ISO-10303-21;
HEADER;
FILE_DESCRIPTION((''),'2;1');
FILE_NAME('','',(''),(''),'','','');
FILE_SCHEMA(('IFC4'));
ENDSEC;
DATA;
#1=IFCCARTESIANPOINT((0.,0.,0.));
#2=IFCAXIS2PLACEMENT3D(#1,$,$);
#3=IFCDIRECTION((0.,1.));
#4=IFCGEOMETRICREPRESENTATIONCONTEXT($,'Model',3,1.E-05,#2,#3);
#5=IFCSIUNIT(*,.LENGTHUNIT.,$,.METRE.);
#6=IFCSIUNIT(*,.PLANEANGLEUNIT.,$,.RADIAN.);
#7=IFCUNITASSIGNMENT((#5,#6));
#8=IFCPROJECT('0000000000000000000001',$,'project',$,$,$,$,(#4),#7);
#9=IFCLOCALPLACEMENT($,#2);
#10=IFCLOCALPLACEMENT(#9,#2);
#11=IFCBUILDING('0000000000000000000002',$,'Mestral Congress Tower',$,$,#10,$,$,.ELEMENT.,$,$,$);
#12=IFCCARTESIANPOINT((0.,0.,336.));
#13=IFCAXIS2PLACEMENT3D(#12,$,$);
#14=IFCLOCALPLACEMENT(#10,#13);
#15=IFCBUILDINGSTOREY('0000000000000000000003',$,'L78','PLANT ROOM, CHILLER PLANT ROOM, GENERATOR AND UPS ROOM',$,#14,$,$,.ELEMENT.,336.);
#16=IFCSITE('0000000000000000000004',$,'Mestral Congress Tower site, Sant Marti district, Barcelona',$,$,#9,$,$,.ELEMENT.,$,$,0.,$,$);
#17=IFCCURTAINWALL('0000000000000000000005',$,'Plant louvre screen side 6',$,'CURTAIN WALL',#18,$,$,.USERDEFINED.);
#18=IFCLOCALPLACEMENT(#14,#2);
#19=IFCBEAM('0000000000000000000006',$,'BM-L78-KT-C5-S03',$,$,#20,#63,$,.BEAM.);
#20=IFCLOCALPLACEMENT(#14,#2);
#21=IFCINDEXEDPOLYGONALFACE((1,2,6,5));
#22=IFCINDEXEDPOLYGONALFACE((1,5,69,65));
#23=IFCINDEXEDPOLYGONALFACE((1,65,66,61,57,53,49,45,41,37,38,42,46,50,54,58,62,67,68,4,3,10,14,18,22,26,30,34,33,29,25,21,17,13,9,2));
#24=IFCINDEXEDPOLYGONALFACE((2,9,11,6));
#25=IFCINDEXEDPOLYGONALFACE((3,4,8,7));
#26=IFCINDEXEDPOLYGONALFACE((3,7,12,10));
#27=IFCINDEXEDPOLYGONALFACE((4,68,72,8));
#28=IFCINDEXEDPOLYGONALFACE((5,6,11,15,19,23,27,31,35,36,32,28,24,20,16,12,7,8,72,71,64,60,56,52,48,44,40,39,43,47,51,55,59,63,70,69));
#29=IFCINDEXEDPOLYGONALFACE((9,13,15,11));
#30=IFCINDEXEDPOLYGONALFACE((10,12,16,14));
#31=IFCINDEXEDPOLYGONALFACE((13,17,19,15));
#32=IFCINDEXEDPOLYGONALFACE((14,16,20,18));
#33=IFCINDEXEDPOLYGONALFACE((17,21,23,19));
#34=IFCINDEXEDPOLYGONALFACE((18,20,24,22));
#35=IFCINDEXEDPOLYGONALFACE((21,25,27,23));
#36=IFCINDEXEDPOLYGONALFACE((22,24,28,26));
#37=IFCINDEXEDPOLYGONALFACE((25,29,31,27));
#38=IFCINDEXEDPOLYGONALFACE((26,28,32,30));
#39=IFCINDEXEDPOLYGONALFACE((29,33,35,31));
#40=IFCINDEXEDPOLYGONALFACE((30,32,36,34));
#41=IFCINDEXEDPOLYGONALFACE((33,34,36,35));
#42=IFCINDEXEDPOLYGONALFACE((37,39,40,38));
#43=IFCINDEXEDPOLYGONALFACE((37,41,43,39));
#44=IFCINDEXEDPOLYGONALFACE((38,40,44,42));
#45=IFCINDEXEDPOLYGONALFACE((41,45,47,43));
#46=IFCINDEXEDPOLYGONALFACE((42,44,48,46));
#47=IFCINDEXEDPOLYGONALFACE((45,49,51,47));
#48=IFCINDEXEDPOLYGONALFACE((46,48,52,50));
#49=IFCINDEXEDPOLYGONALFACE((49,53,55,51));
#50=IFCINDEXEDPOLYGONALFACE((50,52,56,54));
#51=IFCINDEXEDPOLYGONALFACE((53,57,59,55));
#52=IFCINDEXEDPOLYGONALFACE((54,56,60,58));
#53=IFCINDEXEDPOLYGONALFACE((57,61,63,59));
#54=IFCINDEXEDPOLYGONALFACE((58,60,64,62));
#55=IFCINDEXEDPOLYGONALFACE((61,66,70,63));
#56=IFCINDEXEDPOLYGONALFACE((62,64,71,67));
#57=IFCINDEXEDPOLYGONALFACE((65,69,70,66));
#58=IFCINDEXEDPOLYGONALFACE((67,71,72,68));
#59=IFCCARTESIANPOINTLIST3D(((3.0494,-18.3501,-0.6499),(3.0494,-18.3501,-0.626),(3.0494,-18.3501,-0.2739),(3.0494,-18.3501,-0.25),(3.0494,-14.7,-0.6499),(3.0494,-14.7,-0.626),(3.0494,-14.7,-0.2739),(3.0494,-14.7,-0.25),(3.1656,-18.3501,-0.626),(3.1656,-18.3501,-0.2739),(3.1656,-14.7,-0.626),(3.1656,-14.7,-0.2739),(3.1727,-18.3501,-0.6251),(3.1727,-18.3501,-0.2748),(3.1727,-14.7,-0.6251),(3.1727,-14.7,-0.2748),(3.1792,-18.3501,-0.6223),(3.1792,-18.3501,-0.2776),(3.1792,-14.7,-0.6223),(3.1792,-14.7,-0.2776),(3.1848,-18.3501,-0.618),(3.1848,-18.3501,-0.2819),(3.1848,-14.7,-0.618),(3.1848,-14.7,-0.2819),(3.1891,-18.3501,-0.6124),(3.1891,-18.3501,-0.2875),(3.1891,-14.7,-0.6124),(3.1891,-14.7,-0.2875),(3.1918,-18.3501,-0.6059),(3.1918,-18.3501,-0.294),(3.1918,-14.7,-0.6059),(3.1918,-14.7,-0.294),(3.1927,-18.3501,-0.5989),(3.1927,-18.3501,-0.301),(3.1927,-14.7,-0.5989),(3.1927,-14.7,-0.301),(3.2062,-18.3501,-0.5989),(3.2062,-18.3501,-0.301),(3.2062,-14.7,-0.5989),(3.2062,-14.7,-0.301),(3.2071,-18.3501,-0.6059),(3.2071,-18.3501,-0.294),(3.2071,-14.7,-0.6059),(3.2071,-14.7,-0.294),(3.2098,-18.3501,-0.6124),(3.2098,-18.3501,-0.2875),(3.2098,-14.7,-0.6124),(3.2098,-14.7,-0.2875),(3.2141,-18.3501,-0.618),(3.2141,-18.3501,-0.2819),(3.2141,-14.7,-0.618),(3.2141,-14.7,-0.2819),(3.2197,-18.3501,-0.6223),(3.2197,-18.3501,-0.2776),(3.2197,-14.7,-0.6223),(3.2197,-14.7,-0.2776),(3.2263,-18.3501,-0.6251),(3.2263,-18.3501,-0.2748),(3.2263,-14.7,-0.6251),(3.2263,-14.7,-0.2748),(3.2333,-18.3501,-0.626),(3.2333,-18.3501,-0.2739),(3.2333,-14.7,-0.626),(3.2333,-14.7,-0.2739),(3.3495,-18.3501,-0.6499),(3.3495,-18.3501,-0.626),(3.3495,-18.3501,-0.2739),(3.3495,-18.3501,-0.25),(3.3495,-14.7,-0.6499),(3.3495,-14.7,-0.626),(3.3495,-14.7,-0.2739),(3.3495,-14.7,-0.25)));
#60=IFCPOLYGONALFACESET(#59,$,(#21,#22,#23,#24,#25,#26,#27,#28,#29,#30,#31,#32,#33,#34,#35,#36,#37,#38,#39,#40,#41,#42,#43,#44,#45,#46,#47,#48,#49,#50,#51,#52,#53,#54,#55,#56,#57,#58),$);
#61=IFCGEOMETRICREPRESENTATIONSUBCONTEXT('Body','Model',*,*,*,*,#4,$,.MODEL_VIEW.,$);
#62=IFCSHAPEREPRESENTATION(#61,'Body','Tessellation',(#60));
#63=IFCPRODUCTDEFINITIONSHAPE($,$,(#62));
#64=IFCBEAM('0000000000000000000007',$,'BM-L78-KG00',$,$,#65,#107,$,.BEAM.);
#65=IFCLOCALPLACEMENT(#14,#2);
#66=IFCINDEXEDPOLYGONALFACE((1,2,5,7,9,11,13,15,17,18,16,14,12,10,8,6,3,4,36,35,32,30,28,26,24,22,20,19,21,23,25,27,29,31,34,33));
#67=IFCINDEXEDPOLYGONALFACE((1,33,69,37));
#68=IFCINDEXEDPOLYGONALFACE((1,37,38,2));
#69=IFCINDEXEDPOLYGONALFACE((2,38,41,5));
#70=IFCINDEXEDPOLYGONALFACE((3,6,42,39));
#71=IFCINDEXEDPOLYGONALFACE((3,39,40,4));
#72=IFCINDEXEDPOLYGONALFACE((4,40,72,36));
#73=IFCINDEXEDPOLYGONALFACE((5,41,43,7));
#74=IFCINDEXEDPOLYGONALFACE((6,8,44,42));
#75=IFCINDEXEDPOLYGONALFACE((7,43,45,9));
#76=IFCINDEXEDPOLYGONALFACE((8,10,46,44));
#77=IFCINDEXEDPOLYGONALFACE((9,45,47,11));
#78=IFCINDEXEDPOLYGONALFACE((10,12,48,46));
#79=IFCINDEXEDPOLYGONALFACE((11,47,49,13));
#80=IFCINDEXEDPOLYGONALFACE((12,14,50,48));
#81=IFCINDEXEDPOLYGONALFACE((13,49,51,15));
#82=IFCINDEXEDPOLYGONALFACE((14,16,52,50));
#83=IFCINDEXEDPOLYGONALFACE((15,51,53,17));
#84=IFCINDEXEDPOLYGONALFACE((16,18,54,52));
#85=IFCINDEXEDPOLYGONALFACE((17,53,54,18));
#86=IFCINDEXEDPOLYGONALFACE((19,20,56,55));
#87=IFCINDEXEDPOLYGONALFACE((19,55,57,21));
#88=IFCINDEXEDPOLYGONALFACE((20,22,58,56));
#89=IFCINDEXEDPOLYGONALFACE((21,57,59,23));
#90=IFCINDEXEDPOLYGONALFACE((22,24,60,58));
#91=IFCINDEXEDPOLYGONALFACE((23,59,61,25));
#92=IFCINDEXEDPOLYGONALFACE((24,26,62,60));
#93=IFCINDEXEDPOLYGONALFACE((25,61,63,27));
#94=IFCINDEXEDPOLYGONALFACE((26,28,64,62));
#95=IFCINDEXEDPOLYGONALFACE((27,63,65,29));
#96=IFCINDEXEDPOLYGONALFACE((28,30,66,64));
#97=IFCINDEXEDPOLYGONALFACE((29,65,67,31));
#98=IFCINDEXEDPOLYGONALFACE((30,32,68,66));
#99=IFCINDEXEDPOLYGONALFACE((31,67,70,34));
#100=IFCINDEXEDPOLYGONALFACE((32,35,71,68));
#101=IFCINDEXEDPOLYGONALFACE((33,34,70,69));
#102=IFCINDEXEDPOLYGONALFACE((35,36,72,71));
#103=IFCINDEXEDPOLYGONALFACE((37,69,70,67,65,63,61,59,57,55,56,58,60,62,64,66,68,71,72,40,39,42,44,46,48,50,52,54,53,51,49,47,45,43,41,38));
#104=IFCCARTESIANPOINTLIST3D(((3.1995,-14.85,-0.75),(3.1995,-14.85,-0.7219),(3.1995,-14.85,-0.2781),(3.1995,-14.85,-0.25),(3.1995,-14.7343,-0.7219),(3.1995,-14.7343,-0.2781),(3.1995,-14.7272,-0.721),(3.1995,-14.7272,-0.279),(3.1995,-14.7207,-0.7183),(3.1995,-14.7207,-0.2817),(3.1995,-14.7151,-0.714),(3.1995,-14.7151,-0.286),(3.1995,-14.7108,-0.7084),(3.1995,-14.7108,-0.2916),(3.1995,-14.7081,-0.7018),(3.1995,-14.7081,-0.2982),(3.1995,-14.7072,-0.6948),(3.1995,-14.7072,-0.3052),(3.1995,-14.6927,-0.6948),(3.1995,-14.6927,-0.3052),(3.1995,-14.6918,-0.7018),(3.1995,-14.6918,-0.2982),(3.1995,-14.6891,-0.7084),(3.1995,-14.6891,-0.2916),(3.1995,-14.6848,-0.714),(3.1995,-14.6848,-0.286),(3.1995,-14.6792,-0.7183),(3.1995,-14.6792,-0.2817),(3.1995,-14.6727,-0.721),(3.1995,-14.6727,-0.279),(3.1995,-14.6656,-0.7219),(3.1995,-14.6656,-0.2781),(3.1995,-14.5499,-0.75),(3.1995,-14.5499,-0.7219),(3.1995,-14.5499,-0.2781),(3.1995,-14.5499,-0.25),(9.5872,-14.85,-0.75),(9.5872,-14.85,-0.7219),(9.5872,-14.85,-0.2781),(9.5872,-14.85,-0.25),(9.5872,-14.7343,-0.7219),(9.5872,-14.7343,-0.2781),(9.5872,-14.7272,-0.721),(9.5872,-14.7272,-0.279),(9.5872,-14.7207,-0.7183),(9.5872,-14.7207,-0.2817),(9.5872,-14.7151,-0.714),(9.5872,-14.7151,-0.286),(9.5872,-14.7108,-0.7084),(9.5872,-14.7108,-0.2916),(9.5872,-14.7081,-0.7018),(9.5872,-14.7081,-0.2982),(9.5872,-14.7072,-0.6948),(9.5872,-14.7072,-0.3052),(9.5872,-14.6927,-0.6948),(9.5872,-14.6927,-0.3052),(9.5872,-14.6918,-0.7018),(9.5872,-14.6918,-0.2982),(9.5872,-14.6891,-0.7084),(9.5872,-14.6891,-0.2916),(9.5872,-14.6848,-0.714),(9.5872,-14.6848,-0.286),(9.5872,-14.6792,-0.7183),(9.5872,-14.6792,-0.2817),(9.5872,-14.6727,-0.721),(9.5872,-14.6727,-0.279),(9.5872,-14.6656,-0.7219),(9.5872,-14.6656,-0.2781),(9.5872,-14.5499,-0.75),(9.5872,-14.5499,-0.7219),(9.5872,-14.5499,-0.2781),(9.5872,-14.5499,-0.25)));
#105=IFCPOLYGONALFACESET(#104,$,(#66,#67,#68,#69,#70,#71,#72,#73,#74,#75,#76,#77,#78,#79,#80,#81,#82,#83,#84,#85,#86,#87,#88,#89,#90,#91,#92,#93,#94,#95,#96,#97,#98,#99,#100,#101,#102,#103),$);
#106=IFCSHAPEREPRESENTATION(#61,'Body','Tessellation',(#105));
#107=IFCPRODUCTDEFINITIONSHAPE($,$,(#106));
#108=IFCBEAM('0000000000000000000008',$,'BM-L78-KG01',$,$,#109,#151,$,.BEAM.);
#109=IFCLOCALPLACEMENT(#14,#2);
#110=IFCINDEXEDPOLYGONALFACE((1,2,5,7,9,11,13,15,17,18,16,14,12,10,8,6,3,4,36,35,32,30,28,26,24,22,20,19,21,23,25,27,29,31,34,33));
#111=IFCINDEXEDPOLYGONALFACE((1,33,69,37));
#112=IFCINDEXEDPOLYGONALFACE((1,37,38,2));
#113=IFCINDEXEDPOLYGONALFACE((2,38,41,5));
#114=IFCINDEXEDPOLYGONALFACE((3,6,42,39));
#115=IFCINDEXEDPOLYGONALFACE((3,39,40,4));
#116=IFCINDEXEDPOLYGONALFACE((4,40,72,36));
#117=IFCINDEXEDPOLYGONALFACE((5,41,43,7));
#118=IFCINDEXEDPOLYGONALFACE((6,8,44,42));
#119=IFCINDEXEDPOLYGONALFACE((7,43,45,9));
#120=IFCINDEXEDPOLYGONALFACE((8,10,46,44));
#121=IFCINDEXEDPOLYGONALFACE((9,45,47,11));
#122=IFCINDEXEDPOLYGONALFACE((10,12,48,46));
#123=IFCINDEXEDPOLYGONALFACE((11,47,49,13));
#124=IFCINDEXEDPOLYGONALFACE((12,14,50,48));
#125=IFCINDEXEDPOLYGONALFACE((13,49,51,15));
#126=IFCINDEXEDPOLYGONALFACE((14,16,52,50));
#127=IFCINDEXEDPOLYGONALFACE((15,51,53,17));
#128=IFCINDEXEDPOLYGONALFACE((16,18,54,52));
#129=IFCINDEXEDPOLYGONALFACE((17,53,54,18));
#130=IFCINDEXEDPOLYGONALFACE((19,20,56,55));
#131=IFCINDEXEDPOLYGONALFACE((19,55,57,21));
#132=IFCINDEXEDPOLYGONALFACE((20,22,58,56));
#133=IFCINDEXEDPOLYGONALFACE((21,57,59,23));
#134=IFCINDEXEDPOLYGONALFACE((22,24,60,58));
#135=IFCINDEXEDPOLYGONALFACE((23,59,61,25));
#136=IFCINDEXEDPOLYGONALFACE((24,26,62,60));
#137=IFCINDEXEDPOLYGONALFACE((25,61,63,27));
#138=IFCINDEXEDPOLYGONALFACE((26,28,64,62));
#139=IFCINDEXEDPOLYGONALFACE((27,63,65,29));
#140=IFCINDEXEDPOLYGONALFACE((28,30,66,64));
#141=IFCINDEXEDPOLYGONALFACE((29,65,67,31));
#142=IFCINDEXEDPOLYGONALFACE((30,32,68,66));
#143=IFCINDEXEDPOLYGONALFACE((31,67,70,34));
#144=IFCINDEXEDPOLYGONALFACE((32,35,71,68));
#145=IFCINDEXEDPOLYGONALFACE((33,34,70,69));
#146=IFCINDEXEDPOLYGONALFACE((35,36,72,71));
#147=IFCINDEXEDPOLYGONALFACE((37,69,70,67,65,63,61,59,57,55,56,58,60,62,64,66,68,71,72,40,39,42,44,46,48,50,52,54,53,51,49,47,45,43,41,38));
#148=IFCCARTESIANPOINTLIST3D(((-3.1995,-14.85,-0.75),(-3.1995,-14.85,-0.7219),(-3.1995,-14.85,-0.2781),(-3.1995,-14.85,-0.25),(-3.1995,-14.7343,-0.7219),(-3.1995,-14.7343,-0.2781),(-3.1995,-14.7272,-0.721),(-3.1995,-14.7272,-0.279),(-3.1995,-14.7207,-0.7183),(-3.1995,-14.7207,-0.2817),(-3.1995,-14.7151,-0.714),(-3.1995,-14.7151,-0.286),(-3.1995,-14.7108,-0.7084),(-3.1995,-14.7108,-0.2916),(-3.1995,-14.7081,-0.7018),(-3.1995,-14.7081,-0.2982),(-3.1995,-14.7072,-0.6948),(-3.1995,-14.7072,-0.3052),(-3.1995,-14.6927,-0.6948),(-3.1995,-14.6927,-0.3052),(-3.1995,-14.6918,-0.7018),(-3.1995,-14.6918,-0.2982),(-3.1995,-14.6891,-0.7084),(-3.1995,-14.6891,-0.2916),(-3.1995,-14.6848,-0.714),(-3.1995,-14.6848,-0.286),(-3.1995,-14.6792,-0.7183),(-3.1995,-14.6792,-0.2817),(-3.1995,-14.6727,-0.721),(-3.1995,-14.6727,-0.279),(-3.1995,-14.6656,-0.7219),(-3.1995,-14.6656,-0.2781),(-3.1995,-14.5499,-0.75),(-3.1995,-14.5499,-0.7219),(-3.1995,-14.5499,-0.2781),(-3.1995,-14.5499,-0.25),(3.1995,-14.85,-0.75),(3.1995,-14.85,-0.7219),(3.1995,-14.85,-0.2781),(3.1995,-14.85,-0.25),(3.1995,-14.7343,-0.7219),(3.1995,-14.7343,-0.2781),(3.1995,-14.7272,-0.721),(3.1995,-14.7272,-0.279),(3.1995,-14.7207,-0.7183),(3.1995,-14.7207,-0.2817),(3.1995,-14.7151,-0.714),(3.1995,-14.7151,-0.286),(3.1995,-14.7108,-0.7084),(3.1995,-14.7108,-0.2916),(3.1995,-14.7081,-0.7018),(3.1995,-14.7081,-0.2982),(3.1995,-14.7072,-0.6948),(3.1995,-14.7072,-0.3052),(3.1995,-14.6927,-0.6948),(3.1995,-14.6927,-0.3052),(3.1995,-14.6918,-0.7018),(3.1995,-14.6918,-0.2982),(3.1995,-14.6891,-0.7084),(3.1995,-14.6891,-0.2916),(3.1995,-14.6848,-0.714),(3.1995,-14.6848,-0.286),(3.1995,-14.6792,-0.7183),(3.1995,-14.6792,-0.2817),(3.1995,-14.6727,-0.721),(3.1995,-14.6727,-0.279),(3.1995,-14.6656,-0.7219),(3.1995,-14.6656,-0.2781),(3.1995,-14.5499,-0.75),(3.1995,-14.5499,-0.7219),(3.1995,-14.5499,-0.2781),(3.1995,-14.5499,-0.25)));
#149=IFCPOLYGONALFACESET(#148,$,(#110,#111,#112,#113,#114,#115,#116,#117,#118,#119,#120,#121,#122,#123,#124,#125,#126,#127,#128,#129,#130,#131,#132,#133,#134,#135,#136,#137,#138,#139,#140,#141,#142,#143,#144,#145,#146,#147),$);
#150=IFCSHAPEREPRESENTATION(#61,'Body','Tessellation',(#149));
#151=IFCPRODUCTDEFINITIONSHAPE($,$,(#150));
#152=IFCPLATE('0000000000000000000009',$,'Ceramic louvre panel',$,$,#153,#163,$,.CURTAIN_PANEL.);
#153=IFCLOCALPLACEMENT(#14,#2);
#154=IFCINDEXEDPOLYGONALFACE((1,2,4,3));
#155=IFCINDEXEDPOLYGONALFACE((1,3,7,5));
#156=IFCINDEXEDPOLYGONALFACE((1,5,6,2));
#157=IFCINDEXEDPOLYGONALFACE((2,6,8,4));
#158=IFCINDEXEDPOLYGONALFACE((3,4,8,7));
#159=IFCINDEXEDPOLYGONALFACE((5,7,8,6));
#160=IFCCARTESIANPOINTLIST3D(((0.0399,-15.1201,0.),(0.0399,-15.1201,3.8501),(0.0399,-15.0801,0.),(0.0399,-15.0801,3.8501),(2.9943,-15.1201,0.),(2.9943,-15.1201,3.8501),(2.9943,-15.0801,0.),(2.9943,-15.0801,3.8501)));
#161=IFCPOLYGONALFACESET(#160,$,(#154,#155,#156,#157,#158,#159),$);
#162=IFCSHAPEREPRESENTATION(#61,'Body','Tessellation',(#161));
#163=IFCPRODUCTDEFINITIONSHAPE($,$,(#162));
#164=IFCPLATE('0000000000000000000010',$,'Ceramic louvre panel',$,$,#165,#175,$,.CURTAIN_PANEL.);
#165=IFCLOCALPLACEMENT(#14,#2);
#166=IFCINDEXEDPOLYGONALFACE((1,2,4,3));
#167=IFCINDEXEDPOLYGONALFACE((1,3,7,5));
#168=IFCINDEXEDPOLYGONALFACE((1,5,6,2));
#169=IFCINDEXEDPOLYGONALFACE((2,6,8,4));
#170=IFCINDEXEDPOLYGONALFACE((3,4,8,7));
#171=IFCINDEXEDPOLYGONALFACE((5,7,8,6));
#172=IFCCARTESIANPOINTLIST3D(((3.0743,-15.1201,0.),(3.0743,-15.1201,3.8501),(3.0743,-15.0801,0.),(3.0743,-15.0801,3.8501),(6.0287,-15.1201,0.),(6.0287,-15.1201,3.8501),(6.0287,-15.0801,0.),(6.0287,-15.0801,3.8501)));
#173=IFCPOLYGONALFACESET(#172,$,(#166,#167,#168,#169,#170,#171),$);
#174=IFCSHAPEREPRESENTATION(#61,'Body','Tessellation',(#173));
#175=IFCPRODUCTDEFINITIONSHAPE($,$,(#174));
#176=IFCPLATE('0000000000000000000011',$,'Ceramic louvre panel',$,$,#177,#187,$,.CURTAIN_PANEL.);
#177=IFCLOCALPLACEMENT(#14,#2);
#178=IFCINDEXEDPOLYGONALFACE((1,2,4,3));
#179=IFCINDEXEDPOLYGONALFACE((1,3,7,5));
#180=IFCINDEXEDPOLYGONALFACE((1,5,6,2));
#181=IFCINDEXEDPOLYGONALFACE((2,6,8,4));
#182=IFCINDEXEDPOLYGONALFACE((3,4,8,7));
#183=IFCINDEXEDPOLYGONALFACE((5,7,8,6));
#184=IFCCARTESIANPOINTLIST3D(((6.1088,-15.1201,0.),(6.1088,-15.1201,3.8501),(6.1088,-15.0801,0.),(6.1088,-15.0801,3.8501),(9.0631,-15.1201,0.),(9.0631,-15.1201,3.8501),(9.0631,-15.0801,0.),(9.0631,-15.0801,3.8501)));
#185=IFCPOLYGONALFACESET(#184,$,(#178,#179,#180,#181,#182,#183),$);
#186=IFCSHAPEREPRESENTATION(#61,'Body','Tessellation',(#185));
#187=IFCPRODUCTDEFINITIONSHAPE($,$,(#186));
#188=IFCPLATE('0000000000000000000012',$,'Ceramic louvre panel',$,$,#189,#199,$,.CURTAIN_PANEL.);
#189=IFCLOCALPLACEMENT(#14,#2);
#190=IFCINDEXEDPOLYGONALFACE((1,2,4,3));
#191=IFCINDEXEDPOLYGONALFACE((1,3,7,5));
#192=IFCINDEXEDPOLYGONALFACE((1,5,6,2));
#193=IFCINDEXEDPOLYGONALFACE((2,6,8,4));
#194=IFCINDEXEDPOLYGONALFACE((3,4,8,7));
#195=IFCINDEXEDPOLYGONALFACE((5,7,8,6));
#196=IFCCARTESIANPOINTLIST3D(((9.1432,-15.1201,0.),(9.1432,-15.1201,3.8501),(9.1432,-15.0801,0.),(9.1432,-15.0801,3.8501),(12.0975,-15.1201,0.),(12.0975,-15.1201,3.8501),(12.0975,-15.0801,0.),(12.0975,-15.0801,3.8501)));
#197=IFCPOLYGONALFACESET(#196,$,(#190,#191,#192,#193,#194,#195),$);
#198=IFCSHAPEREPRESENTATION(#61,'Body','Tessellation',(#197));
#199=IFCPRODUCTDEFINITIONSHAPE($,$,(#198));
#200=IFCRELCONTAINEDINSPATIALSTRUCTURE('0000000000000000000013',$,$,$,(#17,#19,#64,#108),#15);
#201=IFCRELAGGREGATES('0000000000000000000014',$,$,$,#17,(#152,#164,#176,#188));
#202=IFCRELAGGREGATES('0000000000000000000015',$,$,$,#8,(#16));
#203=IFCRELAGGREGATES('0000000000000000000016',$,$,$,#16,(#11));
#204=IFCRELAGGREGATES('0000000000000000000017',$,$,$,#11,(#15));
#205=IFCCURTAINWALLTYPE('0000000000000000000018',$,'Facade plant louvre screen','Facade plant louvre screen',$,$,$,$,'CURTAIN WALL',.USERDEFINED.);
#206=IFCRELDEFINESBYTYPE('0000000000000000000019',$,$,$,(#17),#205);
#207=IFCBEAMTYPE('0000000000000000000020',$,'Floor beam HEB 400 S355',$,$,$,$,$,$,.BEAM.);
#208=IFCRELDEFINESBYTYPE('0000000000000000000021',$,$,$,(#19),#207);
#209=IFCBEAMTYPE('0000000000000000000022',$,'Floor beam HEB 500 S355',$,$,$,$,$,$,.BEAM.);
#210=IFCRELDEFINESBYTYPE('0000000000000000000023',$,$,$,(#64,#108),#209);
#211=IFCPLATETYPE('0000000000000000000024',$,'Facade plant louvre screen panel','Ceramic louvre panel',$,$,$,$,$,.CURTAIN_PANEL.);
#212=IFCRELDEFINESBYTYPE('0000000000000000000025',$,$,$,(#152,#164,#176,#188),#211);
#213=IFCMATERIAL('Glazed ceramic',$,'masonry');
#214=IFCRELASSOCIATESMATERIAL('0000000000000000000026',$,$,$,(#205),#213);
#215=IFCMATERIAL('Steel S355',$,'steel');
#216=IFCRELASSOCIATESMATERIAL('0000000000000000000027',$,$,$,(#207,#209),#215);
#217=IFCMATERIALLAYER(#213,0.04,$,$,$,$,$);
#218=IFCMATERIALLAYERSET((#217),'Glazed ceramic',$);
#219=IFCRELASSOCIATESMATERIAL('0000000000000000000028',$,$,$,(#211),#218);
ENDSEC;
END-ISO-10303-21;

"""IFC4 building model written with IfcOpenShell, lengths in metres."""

from ifc_helpers import new_model, si_unit, direction, frame, origin, origin_2d, place, context, subcontext, project, spatial, rectangle, i_section, extrude, material, layer, layer_set, material_profile, profile_set, type_object, element, aggregate, save


model = new_model("IFC4")

# Units and contexts
model_context = context("Model", 3, precision=1e-05, world=origin(), true_north=direction((0.0, 1.0)))
body_context = subcontext(model_context, "Body", "Model", "MODEL_VIEW")
ifc_project = project(units=[si_unit("LENGTHUNIT", "METRE"), si_unit("PLANEANGLEUNIT", "RADIAN")], contexts=[model_context])

# Site, building, storey
site_placement = place(None, origin())
site = spatial("IfcSite", under=ifc_project, at=site_placement, Name="Mestral Congress Tower site, Sant Marti district, Barcelona", CompositionType="ELEMENT", RefElevation=0.0)
building_placement = place(site_placement, origin())
building = spatial("IfcBuilding", under=site, at=building_placement, Name="Mestral Congress Tower", CompositionType="ELEMENT")
storey_placement = place(building_placement, frame((0.0, 0.0, 336.0)))
storey = spatial("IfcBuildingStorey", under=building, at=storey_placement, Name="L78", Description="PLANT ROOM, CHILLER PLANT ROOM, GENERATOR AND UPS ROOM", CompositionType="ELEMENT", Elevation=336.0)

# Shared definitions
ifc_material_1 = material(Name="Steel S355", Category="steel")

# Curtain wall
ifc_material_2 = material(Name="Glazed ceramic", Category="masonry")
curtain_wall_type = type_object("IfcCurtainWallType", Name="Facade plant louvre screen", Description="Facade plant louvre screen", ElementType="CURTAIN WALL", PredefinedType="USERDEFINED", material=ifc_material_2)
curtain_wall_placement = place(storey_placement, origin())
curtain_wall = element("IfcCurtainWall", 1, at=curtain_wall_placement, inside=storey, type_object=curtain_wall_type, Name="Plant louvre screen side 6", ObjectType="CURTAIN WALL", PredefinedType="USERDEFINED")

# Beams
ifc_material_profile_1 = material_profile(ifc_material_1, i_section(OverallWidth=0.3, OverallDepth=0.3999, WebThickness=0.0134, FlangeThickness=0.0239, FilletRadius=0.0271, at=origin_2d()), Name="HEB 400")
ifc_profile_set_1 = profile_set([ifc_material_profile_1], Name="Steel S355")
beam_type_1 = type_object("IfcBeamType", Name="Floor beam HEB 400 S355", PredefinedType="BEAM", material=ifc_profile_set_1)
beam_1_placement = place(storey_placement, frame((3.1995, -18.3501, -0.45), z_axis=(0.0, 1.0, 0.0), x_axis=(-1.0, 0.0, 0.0)))
element("IfcBeam", 2, at=beam_1_placement, inside=storey, type_object=beam_type_1, Name="BM-L78-KT-C5-S03", PredefinedType="BEAM", context=body_context, shape_type="SweptSolid", body=[
    extrude(i_section(OverallWidth=0.3, OverallDepth=0.3999, WebThickness=0.0134, FlangeThickness=0.0239, FilletRadius=0.0271, at=origin_2d()), origin(), (0.0, 0.0, 1.0), 3.6501),
])
ifc_material_profile_2 = material_profile(ifc_material_1, i_section(OverallWidth=0.3, OverallDepth=0.5, WebThickness=0.0144, FlangeThickness=0.0281, FilletRadius=0.0271, at=origin_2d()), Name="HEB 500")
ifc_profile_set_2 = profile_set([ifc_material_profile_2], Name="Steel S355")
beam_type_2 = type_object("IfcBeamType", Name="Floor beam HEB 500 S355", PredefinedType="BEAM", material=ifc_profile_set_2)
beam_2_placement = place(storey_placement, frame((9.5872, -14.7, -0.5), z_axis=(-1.0, 0.0, 0.0), x_axis=(0.0, -1.0, 0.0)))
element("IfcBeam", 3, at=beam_2_placement, inside=storey, type_object=beam_type_2, Name="BM-L78-KG00", PredefinedType="BEAM", context=body_context, shape_type="SweptSolid", body=[
    extrude(i_section(OverallWidth=0.3, OverallDepth=0.5, WebThickness=0.0144, FlangeThickness=0.0281, FilletRadius=0.0271, at=origin_2d()), origin(), (0.0, 0.0, 1.0), 6.3877),
])
beam_3_placement = place(storey_placement, frame((3.1995, -14.7, -0.5), z_axis=(-1.0, 0.0, 0.0), x_axis=(0.0, -1.0, 0.0)))
element("IfcBeam", 4, at=beam_3_placement, inside=storey, type_object=beam_type_2, Name="BM-L78-KG01", PredefinedType="BEAM", context=body_context, shape_type="SweptSolid", body=[
    extrude(i_section(OverallWidth=0.3, OverallDepth=0.5, WebThickness=0.0144, FlangeThickness=0.0281, FilletRadius=0.0271, at=origin_2d()), origin(), (0.0, 0.0, 1.0), 6.3989),
])

# Plates
ifc_layer_1 = layer(ifc_material_2, 0.04)
ifc_layer_set_1 = layer_set([ifc_layer_1], Name="Glazed ceramic")
plate_type = type_object("IfcPlateType", Name="Facade plant louvre screen panel", Description="Ceramic louvre panel", PredefinedType="CURTAIN_PANEL", material=ifc_layer_set_1)
plate_1_placement = place(storey_placement, frame((1.5171, -15.1001, 0.0), z_axis=(0.0, 0.0, 1.0), x_axis=(1.0, 0.0, 0.0)))
plate_1 = element("IfcPlate", 5, at=plate_1_placement, type_object=plate_type, Name="Ceramic louvre panel", PredefinedType="CURTAIN_PANEL", context=body_context, shape_type="SweptSolid", body=[
    extrude(rectangle(XDim=2.9543, YDim=0.04, at=origin_2d()), origin(), (0.0, 0.0, 1.0), 3.8501),
])
plate_2_placement = place(storey_placement, frame((4.5515, -15.1001, 0.0), z_axis=(0.0, 0.0, 1.0), x_axis=(1.0, 0.0, 0.0)))
plate_2 = element("IfcPlate", 6, at=plate_2_placement, type_object=plate_type, Name="Ceramic louvre panel", PredefinedType="CURTAIN_PANEL", context=body_context, shape_type="SweptSolid", body=[
    extrude(rectangle(XDim=2.9543, YDim=0.04, at=origin_2d()), origin(), (0.0, 0.0, 1.0), 3.8501),
])
plate_3_placement = place(storey_placement, frame((7.5859, -15.1001, 0.0), z_axis=(0.0, 0.0, 1.0), x_axis=(1.0, 0.0, 0.0)))
plate_3 = element("IfcPlate", 7, at=plate_3_placement, type_object=plate_type, Name="Ceramic louvre panel", PredefinedType="CURTAIN_PANEL", context=body_context, shape_type="SweptSolid", body=[
    extrude(rectangle(XDim=2.9543, YDim=0.04, at=origin_2d()), origin(), (0.0, 0.0, 1.0), 3.8501),
])
plate_4_placement = place(storey_placement, frame((10.6204, -15.1001, 0.0), z_axis=(0.0, 0.0, 1.0), x_axis=(1.0, 0.0, 0.0)))
plate_4 = element("IfcPlate", 8, at=plate_4_placement, type_object=plate_type, Name="Ceramic louvre panel", PredefinedType="CURTAIN_PANEL", context=body_context, shape_type="SweptSolid", body=[
    extrude(rectangle(XDim=2.9543, YDim=0.04, at=origin_2d()), origin(), (0.0, 0.0, 1.0), 3.8501),
])
aggregate(curtain_wall, [plate_1, plate_2, plate_3, plate_4])

save(model, "model.ifc")
